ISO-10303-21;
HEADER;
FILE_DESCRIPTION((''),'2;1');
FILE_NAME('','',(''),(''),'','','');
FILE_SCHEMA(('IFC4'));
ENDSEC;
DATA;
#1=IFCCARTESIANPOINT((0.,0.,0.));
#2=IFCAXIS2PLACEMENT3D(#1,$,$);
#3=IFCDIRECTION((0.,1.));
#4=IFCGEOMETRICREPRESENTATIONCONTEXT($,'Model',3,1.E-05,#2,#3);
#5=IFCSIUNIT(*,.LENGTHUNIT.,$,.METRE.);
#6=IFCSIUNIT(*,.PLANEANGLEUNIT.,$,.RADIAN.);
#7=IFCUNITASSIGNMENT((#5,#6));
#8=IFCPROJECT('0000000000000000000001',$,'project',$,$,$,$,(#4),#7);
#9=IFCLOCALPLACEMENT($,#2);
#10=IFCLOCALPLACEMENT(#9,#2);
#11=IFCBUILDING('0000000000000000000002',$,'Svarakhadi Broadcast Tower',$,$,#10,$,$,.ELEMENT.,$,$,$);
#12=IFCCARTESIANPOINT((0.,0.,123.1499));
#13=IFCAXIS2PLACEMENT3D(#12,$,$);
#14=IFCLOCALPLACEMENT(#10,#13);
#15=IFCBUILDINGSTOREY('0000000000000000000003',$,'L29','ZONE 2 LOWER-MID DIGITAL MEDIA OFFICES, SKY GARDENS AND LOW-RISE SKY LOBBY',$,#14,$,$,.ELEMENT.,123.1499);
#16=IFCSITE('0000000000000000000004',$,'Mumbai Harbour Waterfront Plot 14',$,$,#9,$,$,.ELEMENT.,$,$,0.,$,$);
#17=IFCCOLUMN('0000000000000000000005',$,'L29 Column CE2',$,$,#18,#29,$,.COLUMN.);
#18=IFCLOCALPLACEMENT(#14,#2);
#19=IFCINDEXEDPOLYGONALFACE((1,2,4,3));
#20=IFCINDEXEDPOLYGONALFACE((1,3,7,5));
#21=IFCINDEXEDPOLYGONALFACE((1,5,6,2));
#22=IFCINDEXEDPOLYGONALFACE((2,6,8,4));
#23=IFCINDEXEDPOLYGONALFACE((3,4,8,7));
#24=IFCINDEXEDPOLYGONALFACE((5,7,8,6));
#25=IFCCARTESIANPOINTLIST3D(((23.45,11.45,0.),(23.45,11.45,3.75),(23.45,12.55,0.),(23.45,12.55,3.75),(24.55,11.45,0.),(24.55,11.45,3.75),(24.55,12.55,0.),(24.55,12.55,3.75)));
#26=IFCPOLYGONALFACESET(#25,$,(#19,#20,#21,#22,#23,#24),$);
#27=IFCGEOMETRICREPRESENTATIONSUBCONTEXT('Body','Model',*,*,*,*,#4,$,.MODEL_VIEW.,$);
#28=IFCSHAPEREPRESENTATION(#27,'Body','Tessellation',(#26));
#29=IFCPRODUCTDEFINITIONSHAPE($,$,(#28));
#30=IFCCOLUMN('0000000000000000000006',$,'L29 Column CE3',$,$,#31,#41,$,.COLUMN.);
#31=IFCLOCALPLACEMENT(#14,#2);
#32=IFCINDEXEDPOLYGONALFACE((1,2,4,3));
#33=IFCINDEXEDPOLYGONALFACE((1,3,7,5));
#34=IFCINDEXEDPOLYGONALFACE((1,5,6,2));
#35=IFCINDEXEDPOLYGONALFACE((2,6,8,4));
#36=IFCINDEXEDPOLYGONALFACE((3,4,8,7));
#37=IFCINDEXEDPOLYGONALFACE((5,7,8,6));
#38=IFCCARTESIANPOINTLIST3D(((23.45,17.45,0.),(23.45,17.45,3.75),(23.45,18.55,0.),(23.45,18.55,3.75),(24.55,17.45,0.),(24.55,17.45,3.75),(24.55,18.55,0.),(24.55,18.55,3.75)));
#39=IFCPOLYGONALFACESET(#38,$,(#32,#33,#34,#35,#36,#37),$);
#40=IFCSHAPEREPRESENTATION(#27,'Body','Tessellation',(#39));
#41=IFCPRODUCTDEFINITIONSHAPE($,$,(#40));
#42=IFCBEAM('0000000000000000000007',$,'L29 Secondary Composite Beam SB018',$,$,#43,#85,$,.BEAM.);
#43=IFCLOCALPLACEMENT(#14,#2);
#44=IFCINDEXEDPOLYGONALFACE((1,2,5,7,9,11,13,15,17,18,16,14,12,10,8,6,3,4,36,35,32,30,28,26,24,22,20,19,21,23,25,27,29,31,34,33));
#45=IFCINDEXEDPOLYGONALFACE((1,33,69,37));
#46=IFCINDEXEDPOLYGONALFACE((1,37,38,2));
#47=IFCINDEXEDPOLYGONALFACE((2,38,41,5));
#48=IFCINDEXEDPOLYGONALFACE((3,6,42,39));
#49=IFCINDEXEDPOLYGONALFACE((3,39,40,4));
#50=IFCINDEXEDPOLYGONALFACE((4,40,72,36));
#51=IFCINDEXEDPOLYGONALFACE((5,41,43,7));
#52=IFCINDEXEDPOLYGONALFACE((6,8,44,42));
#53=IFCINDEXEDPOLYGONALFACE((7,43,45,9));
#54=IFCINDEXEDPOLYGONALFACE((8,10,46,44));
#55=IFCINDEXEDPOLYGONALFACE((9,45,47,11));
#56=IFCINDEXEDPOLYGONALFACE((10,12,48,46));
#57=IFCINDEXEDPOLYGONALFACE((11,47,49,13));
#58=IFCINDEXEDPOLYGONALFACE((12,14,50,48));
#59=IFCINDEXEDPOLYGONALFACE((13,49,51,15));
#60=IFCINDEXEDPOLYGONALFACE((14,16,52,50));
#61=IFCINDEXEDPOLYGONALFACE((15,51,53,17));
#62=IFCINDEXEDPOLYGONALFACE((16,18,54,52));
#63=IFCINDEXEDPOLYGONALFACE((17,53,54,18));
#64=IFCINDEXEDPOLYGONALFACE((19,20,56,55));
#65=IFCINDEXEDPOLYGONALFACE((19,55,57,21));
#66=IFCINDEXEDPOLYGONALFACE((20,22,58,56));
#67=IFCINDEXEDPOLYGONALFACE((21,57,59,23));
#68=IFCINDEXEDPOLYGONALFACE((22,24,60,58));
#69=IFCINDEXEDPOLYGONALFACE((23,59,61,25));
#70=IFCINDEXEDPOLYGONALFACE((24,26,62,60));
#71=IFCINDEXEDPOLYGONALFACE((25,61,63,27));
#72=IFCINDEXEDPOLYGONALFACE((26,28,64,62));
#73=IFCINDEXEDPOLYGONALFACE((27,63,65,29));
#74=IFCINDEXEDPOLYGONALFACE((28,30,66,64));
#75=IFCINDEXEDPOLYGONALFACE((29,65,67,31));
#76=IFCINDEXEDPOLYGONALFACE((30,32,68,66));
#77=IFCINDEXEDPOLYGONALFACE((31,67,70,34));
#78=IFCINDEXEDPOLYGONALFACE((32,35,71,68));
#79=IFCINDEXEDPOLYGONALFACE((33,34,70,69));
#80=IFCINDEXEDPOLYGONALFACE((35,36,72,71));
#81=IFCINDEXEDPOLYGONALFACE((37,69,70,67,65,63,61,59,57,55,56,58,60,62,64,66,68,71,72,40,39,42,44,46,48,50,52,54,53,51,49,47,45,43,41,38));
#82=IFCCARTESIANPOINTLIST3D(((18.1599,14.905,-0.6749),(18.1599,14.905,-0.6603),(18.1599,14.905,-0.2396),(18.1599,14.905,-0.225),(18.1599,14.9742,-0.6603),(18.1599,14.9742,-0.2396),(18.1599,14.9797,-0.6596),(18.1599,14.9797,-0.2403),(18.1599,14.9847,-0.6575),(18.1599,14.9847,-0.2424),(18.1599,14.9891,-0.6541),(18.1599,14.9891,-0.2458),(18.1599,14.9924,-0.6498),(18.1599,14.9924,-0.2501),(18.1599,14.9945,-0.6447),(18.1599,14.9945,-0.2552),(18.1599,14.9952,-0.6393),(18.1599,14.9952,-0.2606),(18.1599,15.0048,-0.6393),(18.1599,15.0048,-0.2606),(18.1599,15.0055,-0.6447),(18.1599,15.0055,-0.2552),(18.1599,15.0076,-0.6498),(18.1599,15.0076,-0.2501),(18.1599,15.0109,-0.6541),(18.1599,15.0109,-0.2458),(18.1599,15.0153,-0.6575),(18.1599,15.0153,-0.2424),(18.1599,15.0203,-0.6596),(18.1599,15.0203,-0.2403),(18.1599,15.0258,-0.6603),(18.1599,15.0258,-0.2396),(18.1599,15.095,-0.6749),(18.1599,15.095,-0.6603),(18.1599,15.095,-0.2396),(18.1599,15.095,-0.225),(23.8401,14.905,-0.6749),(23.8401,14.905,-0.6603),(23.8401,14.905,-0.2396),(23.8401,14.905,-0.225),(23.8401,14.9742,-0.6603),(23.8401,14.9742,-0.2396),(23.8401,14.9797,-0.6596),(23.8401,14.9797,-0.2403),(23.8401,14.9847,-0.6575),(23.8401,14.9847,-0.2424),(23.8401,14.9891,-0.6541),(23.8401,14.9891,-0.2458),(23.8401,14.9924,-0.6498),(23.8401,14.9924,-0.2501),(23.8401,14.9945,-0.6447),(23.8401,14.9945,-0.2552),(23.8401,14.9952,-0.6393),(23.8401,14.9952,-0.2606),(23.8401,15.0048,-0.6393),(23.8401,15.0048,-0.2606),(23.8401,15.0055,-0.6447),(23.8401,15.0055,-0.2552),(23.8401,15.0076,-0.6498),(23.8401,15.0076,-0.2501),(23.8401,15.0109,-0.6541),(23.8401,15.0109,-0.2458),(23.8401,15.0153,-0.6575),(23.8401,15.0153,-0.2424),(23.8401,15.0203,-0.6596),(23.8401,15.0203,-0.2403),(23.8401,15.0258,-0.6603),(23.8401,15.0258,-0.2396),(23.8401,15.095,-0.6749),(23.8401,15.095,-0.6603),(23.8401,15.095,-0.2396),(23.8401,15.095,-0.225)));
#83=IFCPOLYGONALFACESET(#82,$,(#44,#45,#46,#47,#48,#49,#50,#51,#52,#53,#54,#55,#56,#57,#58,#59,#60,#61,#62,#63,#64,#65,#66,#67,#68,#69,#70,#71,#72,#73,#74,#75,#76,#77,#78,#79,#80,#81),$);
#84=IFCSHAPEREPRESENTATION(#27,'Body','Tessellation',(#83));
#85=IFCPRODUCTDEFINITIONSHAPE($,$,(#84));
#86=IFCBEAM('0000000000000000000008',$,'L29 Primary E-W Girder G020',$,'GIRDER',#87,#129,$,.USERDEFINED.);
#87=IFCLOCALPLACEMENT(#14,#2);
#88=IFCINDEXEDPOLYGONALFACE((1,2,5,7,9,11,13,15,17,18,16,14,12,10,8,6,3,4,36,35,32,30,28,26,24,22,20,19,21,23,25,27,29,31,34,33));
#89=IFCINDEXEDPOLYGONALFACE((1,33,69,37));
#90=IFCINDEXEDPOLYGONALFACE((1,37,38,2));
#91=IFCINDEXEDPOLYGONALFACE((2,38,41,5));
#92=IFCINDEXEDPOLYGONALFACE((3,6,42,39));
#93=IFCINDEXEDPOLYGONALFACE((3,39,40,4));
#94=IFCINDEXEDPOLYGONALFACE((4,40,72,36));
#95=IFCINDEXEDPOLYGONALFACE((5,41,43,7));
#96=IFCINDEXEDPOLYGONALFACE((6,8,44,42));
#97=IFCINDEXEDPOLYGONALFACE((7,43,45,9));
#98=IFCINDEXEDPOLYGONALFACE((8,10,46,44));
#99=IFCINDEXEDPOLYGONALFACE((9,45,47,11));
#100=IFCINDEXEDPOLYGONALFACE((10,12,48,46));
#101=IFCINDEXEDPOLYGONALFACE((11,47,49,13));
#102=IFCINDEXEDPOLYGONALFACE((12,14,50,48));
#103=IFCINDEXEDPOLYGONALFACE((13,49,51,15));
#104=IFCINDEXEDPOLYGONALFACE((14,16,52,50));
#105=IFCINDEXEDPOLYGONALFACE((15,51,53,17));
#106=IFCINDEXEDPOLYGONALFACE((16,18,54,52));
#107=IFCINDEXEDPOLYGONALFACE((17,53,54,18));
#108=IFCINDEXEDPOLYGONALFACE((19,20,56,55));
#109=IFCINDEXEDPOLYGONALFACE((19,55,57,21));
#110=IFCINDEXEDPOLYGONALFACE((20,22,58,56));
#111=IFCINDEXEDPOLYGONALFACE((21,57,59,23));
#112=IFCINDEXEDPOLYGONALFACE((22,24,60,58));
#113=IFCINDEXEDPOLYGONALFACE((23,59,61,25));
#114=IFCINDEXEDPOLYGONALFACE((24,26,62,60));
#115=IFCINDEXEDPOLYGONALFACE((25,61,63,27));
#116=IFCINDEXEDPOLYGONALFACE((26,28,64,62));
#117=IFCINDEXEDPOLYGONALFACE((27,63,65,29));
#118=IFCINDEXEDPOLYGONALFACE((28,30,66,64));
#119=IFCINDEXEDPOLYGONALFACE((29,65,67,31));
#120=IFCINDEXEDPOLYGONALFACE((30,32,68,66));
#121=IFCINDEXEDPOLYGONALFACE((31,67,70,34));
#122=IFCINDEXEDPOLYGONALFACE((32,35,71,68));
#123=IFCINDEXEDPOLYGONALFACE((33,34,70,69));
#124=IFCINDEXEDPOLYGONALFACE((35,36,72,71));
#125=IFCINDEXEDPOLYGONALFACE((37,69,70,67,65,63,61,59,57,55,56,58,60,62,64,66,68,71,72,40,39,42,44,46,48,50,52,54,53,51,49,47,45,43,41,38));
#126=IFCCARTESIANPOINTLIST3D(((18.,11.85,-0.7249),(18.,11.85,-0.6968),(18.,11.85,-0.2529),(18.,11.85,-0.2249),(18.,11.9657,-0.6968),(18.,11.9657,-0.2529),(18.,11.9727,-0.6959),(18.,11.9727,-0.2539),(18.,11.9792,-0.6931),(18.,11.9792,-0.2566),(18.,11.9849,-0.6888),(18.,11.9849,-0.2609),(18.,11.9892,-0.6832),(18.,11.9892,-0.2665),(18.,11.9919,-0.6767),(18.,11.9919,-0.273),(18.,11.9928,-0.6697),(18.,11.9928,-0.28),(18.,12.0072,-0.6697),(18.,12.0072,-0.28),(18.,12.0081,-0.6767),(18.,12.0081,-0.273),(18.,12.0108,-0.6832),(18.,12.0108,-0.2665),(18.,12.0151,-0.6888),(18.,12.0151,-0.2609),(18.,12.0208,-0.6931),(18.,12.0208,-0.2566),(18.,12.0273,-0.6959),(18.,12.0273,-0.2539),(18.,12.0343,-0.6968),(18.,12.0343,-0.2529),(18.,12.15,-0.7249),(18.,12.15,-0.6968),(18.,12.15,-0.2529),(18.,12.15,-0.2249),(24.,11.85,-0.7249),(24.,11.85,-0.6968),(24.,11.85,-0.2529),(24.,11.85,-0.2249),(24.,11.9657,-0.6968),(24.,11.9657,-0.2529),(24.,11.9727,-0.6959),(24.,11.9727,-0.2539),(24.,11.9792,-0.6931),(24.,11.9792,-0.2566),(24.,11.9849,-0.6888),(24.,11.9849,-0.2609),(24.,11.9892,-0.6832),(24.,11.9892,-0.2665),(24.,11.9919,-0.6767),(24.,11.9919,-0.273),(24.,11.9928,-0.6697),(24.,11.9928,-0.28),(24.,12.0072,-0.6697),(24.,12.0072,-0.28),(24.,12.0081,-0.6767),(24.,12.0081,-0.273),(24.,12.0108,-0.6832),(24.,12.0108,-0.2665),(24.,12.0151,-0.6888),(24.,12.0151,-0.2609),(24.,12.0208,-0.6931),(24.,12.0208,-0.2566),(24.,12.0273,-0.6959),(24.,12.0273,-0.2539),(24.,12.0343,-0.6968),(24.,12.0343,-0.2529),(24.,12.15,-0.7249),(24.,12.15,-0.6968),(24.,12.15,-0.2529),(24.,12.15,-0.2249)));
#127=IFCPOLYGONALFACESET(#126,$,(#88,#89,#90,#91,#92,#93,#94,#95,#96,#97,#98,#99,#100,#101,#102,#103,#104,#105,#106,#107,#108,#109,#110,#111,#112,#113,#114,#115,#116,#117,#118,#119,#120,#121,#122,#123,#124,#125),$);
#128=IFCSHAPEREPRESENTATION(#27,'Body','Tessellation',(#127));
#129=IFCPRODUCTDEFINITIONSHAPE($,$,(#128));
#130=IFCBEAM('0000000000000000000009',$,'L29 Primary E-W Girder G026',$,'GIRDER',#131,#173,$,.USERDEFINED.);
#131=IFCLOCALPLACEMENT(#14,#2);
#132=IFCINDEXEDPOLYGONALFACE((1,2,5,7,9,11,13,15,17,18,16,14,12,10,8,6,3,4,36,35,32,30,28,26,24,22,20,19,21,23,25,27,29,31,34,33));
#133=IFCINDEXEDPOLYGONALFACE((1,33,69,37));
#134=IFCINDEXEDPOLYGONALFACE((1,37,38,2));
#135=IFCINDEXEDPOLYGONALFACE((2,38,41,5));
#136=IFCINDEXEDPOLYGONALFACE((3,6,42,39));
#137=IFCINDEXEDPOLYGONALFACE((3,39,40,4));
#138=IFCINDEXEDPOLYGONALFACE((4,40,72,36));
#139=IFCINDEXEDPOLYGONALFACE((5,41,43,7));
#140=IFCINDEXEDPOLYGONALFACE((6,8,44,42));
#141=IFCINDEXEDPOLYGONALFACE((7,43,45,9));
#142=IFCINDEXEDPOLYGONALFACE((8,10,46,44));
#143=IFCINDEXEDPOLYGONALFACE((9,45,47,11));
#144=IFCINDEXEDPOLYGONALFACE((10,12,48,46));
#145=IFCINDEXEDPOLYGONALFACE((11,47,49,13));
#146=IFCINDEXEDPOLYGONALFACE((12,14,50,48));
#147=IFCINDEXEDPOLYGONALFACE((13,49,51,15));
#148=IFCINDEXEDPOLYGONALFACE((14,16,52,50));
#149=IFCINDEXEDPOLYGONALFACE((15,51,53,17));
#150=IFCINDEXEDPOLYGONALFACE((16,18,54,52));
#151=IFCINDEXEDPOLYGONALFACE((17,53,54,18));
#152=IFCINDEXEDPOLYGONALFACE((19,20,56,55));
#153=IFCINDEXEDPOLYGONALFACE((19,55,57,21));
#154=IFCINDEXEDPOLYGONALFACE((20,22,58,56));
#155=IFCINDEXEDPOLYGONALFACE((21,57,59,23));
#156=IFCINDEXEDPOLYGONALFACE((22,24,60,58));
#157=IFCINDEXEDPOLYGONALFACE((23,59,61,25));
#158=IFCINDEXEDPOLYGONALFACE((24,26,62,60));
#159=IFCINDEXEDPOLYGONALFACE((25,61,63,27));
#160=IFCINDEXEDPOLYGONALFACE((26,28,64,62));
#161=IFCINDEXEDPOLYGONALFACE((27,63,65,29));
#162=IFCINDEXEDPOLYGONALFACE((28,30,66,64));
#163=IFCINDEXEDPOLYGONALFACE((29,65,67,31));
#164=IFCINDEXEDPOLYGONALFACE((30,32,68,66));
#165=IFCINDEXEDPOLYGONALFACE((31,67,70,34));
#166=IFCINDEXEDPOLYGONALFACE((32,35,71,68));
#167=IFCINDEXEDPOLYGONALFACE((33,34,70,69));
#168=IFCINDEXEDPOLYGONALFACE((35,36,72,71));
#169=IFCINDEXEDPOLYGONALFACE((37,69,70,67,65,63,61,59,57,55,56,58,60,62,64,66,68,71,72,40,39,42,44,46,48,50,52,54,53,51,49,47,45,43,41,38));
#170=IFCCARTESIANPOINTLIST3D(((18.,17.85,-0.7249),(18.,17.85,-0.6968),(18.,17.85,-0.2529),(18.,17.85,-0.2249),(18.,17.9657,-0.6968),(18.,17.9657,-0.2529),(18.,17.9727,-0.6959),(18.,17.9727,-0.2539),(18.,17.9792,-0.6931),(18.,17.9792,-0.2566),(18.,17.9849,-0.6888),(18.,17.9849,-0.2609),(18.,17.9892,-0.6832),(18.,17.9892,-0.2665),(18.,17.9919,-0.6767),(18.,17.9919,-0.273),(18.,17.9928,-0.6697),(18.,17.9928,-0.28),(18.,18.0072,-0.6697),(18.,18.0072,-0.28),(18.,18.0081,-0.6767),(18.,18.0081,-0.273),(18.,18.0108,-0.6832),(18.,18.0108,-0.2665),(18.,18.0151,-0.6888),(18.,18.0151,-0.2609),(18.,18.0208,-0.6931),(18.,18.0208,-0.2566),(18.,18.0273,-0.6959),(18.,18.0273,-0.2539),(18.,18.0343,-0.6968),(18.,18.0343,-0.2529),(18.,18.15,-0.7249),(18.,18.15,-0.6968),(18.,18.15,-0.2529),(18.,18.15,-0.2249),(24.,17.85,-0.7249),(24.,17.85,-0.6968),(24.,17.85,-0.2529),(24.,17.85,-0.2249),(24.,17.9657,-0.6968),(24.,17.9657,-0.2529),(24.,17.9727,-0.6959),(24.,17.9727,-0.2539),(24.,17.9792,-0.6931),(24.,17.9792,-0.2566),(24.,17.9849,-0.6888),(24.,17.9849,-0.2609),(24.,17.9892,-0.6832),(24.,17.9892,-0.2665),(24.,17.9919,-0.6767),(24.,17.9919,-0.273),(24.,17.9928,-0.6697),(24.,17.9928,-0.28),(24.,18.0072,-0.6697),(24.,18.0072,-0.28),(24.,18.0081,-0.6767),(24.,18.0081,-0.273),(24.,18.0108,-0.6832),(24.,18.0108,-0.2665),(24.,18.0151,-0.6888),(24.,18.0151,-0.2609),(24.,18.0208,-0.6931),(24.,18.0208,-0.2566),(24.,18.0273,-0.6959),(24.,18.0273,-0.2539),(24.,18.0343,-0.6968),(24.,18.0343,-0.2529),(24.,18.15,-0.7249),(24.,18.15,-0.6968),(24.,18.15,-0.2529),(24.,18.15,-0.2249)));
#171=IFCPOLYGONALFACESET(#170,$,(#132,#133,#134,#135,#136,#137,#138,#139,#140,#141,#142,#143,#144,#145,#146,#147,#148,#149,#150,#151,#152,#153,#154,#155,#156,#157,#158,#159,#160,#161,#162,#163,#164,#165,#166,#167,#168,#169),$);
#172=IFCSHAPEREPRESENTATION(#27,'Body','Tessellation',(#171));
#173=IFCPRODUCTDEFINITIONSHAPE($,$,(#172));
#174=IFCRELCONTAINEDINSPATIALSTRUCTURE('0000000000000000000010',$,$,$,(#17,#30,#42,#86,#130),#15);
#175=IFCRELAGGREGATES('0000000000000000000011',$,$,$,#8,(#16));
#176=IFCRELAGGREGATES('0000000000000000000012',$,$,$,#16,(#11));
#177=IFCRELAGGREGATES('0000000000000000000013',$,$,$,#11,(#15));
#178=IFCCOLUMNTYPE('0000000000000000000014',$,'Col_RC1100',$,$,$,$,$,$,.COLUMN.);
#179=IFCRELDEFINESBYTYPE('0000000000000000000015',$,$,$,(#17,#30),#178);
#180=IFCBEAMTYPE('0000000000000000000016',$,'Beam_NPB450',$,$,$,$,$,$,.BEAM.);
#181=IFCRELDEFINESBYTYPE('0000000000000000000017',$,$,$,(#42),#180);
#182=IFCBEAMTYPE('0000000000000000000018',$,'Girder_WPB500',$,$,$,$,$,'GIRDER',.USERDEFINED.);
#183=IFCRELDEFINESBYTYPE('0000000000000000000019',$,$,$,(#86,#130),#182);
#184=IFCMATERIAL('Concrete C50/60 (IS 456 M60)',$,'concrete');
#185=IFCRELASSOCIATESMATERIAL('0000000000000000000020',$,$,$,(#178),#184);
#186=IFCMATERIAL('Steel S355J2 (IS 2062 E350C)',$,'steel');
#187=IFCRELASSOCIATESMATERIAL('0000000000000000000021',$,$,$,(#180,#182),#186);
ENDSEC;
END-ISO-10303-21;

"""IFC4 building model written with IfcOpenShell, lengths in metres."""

from ifc_helpers import new_model, si_unit, direction, frame, origin, origin_2d, place, context, subcontext, project, spatial, rectangle, i_section, extrude, material, material_profile, profile_set, type_object, element, save


model = new_model("IFC4")

# Units and contexts
model_context = context("Model", 3, precision=1e-05, world=origin(), true_north=direction((0.0, 1.0)))
body_context = subcontext(model_context, "Body", "Model", "MODEL_VIEW")
ifc_project = project(units=[si_unit("LENGTHUNIT", "METRE"), si_unit("PLANEANGLEUNIT", "RADIAN")], contexts=[model_context])

# Site, building, storey
site_placement = place(None, origin())
site = spatial("IfcSite", under=ifc_project, at=site_placement, Name="Mumbai Harbour Waterfront Plot 14", CompositionType="ELEMENT", RefElevation=0.0)
building_placement = place(site_placement, origin())
building = spatial("IfcBuilding", under=site, at=building_placement, Name="Svarakhadi Broadcast Tower", CompositionType="ELEMENT")
storey_placement = place(building_placement, frame((0.0, 0.0, 123.1499)))
storey = spatial("IfcBuildingStorey", under=building, at=storey_placement, Name="L29", Description="ZONE 2 LOWER-MID DIGITAL MEDIA OFFICES, SKY GARDENS AND LOW-RISE SKY LOBBY", CompositionType="ELEMENT", Elevation=123.1499)

# Columns
ifc_material_1 = material(Name="Concrete C50/60 (IS 456 M60)", Category="concrete")
ifc_material_profile_1 = material_profile(ifc_material_1, rectangle(XDim=1.1001, YDim=1.1001, at=origin_2d()), Name="RC 1100x1100")
ifc_profile_set_1 = profile_set([ifc_material_profile_1], Name="Concrete C50/60 (IS 456 M60)")
column_type = type_object("IfcColumnType", Name="Col_RC1100", PredefinedType="COLUMN", material=ifc_profile_set_1)
for number, where, z_axis, x_axis, name in (
    (1, (24.0, 12.0, 0.0), (0.0, 0.0, 1.0), (1.0, 0.0, 0.0), "L29 Column CE2"),
    (2, (24.0, 18.0, 0.0), (0.0, 0.0, 1.0), (1.0, 0.0, 0.0), "L29 Column CE3"),
):
    element("IfcColumn", number, at=place(storey_placement, frame(where, z_axis=z_axis, x_axis=x_axis)), inside=storey, type_object=column_type, Name=name, PredefinedType="COLUMN", context=body_context, shape_type="SweptSolid", body=[
        extrude(rectangle(XDim=1.1001, YDim=1.1001, at=origin_2d()), origin(), (0.0, 0.0, 1.0), 3.75),
    ])

# Beams
ifc_material_2 = material(Name="Steel S355J2 (IS 2062 E350C)", Category="steel")
ifc_material_profile_2 = material_profile(ifc_material_2, i_section(OverallWidth=0.1899, OverallDepth=0.45, WebThickness=0.0095, FlangeThickness=0.0146, FilletRadius=0.021, at=origin_2d()), Name="NPB 450x190x78")
ifc_profile_set_2 = profile_set([ifc_material_profile_2], Name="Steel S355J2 (IS 2062 E350C)")
beam_type_1 = type_object("IfcBeamType", Name="Beam_NPB450", PredefinedType="BEAM", material=ifc_profile_set_2)
beam_placement = place(storey_placement, frame((18.1599, 15.0, -0.45), z_axis=(1.0, 0.0, 0.0), x_axis=(0.0, 1.0, 0.0)))
element("IfcBeam", 3, at=beam_placement, inside=storey, type_object=beam_type_1, Name="L29 Secondary Composite Beam SB018", PredefinedType="BEAM", context=body_context, shape_type="SweptSolid", body=[
    extrude(i_section(OverallWidth=0.1899, OverallDepth=0.45, WebThickness=0.0095, FlangeThickness=0.0146, FilletRadius=0.021, at=origin_2d()), origin(), (0.0, 0.0, 1.0), 5.6802),
])
ifc_material_profile_3 = material_profile(ifc_material_2, i_section(OverallWidth=0.3, OverallDepth=0.5, WebThickness=0.0144, FlangeThickness=0.0281, FilletRadius=0.0271, at=origin_2d()), Name="WPB 500x300x187")
ifc_profile_set_3 = profile_set([ifc_material_profile_3], Name="Steel S355J2 (IS 2062 E350C)")
beam_type_2 = type_object("IfcBeamType", Name="Girder_WPB500", ElementType="GIRDER", PredefinedType="USERDEFINED", material=ifc_profile_set_3)
for number, where, z_axis, x_axis, name in (
    (4, (18.0, 12.0, -0.4749), (1.0, 0.0, 0.0), (0.0, 1.0, 0.0), "L29 Primary E-W Girder G020"),
    (5, (18.0, 18.0, -0.4749), (1.0, 0.0, 0.0), (0.0, 1.0, 0.0), "L29 Primary E-W Girder G026"),
):
    element("IfcBeam", number, at=place(storey_placement, frame(where, z_axis=z_axis, x_axis=x_axis)), inside=storey, type_object=beam_type_2, Name=name, ObjectType="GIRDER", PredefinedType="USERDEFINED", context=body_context, shape_type="SweptSolid", body=[
        extrude(i_section(OverallWidth=0.3, OverallDepth=0.5, WebThickness=0.0144, FlangeThickness=0.0281, FilletRadius=0.0271, at=origin_2d()), origin(), (0.0, 0.0, 1.0), 6.0),
    ])

save(model, "model.ifc")
